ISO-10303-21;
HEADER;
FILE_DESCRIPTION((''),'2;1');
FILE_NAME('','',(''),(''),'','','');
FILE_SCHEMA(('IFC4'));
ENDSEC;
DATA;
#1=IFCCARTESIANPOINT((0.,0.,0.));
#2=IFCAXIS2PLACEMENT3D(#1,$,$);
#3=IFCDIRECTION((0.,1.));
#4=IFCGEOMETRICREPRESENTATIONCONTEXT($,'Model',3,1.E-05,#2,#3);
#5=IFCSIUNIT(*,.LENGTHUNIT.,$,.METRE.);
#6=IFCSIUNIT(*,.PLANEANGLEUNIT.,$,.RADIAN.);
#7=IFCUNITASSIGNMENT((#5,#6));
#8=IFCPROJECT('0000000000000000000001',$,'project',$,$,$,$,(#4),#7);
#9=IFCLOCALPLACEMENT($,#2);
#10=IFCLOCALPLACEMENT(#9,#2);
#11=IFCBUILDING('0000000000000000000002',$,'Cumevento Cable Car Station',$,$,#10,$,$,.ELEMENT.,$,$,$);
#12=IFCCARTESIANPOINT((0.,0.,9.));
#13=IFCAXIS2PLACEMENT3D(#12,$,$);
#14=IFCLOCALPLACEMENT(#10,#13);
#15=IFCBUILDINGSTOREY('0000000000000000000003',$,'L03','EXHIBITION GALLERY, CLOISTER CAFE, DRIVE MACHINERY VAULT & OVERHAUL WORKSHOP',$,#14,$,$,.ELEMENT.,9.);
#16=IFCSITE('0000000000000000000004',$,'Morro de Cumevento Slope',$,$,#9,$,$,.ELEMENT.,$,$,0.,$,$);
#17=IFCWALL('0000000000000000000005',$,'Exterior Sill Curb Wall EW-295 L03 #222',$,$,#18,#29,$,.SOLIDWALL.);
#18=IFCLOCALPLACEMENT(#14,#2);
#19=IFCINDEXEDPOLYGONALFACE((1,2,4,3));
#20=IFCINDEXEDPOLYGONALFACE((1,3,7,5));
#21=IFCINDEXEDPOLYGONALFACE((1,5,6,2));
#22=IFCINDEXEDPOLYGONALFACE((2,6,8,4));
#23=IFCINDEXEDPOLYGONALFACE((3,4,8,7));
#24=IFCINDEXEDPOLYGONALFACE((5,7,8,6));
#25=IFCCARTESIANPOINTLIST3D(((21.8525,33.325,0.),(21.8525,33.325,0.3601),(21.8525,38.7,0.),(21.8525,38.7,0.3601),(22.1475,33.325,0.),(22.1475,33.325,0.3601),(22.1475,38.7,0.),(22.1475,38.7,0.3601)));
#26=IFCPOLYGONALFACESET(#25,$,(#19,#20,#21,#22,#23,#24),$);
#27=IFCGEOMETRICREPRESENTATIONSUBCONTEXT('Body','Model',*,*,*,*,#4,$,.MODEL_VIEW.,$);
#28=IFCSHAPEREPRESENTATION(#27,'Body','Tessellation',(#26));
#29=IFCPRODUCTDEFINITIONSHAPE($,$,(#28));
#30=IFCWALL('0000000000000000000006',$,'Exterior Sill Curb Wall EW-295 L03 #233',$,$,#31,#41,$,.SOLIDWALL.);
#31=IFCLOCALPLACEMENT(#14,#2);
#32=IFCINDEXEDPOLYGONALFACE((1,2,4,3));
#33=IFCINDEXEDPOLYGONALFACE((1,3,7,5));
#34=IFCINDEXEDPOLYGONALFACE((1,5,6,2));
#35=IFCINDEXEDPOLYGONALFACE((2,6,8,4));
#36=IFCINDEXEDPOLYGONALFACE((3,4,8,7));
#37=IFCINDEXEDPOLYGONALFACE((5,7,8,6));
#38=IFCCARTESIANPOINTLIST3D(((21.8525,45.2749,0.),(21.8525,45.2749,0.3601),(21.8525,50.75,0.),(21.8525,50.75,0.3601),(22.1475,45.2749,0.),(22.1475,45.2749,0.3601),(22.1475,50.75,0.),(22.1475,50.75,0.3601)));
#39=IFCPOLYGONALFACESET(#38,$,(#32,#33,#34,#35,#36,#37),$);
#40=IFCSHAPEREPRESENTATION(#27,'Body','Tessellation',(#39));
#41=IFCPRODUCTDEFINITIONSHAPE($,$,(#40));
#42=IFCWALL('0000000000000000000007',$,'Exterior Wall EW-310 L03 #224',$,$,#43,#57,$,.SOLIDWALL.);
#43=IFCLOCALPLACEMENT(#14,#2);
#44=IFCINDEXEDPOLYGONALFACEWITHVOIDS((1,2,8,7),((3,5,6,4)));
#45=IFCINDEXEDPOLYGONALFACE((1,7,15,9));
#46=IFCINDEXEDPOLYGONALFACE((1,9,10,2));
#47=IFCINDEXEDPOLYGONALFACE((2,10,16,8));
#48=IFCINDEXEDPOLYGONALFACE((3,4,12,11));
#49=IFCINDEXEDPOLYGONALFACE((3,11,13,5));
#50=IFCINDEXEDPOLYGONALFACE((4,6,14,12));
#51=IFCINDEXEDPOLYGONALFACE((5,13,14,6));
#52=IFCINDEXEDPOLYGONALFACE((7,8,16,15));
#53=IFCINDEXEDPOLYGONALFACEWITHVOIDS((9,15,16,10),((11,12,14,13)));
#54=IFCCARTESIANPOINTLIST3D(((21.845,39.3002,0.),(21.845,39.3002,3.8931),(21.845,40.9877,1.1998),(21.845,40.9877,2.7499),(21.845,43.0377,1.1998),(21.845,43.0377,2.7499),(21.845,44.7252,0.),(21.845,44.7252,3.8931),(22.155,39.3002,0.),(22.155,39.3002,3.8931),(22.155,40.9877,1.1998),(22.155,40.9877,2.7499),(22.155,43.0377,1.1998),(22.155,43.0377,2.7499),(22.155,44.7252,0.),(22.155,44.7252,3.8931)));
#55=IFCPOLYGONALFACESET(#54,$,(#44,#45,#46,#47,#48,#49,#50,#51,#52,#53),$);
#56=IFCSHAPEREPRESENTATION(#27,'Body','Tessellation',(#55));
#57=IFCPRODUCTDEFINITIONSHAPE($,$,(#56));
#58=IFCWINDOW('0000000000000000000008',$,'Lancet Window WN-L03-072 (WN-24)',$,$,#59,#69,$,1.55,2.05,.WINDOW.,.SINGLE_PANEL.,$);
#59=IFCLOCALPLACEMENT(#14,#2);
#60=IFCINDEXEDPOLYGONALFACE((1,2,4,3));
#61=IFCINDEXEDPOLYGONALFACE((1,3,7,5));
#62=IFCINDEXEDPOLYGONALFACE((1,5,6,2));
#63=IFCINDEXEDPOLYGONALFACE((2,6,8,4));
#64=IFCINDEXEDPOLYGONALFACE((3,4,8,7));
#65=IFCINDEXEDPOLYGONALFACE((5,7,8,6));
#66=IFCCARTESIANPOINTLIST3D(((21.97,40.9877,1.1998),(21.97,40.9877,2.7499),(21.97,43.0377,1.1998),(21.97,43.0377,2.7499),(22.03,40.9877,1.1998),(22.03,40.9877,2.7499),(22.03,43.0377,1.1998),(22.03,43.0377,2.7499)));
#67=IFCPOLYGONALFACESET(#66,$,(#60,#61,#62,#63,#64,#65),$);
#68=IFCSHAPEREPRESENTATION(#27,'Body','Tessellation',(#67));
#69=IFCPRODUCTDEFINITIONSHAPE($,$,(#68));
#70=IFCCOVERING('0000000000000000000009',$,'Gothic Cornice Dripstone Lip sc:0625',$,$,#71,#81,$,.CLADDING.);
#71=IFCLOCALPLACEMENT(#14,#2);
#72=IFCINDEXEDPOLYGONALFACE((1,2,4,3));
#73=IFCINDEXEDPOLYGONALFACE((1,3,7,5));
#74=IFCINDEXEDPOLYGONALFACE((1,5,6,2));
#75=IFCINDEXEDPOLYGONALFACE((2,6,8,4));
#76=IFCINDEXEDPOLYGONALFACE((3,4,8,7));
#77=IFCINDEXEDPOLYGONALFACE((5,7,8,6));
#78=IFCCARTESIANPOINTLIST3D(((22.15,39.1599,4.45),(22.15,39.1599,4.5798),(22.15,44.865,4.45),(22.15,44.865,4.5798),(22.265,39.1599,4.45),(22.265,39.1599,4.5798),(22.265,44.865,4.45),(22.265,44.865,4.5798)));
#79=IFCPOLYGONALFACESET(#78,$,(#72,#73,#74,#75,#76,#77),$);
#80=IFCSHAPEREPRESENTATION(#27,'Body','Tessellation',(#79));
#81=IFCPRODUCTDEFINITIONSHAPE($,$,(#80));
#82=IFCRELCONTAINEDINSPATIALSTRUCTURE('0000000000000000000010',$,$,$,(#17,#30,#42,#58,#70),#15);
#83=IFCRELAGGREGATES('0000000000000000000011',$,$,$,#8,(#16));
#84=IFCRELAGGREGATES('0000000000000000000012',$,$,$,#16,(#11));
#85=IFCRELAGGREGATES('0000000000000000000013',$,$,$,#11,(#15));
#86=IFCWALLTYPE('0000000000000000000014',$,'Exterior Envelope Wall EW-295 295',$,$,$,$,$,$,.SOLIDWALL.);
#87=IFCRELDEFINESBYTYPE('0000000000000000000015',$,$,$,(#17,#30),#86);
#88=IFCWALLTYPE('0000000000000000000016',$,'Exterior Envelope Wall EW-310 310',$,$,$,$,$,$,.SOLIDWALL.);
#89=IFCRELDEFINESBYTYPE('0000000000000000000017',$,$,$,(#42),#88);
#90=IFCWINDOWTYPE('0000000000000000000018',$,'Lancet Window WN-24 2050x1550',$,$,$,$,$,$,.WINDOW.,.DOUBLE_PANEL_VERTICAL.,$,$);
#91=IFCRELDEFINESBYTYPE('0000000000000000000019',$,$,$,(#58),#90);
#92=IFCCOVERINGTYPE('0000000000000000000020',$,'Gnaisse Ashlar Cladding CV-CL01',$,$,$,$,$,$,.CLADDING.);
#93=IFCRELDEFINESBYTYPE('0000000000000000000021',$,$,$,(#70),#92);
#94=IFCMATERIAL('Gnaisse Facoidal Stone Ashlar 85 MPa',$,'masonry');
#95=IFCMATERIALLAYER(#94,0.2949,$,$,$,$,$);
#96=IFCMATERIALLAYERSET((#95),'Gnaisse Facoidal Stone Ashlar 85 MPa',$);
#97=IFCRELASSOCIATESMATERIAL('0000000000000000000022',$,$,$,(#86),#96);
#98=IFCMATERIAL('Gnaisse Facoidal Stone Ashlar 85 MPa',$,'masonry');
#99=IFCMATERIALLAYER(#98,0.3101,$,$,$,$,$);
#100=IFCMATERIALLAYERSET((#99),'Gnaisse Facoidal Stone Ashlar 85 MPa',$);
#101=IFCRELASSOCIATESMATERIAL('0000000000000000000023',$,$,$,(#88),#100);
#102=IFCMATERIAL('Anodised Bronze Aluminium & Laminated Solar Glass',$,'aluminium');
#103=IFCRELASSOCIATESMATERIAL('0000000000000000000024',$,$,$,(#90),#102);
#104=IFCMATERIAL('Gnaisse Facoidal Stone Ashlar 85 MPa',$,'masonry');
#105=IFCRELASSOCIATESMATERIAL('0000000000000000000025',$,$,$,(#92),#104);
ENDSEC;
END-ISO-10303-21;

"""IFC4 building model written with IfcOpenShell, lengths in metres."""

from ifc_helpers import new_model, si_unit, direction, frame, frame_2d, origin, origin_2d, place, context, subcontext, project, spatial, rectangle, extrude, material, layer, layer_set, type_object, element, fill, save


model = new_model("IFC4")

# Units and contexts
model_context = context("Model", 3, precision=1e-05, world=origin(), true_north=direction((0.0, 1.0)))
body_context = subcontext(model_context, "Body", "Model", "MODEL_VIEW")
ifc_project = project(units=[si_unit("LENGTHUNIT", "METRE"), si_unit("PLANEANGLEUNIT", "RADIAN")], contexts=[model_context])

# Site, building, storey
site_placement = place(None, origin())
site = spatial("IfcSite", under=ifc_project, at=site_placement, Name="Morro de Cumevento Slope", CompositionType="ELEMENT", RefElevation=0.0)
building_placement = place(site_placement, origin())
building = spatial("IfcBuilding", under=site, at=building_placement, Name="Cumevento Cable Car Station", CompositionType="ELEMENT")
storey_placement = place(building_placement, frame((0.0, 0.0, 9.0)))
storey = spatial("IfcBuildingStorey", under=building, at=storey_placement, Name="L03", Description="EXHIBITION GALLERY, CLOISTER CAFE, DRIVE MACHINERY VAULT & OVERHAUL WORKSHOP", CompositionType="ELEMENT", Elevation=9.0)

# Walls
ifc_material_1 = material(Name="Gnaisse Facoidal Stone Ashlar 85 MPa", Category="masonry")
ifc_layer_1 = layer(ifc_material_1, 0.2949)
ifc_layer_set_1 = layer_set([ifc_layer_1], Name="Gnaisse Facoidal Stone Ashlar 85 MPa")
wall_type_1 = type_object("IfcWallType", Name="Exterior Envelope Wall EW-295 295", PredefinedType="SOLIDWALL", material=ifc_layer_set_1)
wall_1_placement = place(storey_placement, frame((22.0, 38.7, 0.0), z_axis=(0.0, 0.0, 1.0), x_axis=(0.0, -1.0, 0.0)))
element("IfcWall", 1, at=wall_1_placement, inside=storey, type_object=wall_type_1, Name="Exterior Sill Curb Wall EW-295 L03 #222", PredefinedType="SOLIDWALL", context=body_context, shape_type="SweptSolid", body=[
    extrude(rectangle(XDim=5.375, YDim=0.2949, at=frame_2d((2.6875, 0.0))), origin(), (0.0, 0.0, 1.0), 0.3601),
])
wall_2_placement = place(storey_placement, frame((22.0, 45.2749, 0.0), z_axis=(0.0, 0.0, 1.0), x_axis=(0.0, 1.0, 0.0)))
element("IfcWall", 2, at=wall_2_placement, inside=storey, type_object=wall_type_1, Name="Exterior Sill Curb Wall EW-295 L03 #233", PredefinedType="SOLIDWALL", context=body_context, shape_type="SweptSolid", body=[
    extrude(rectangle(XDim=5.4751, YDim=0.2949, at=frame_2d((2.7375, 0.0))), origin(), (0.0, 0.0, 1.0), 0.3601),
])

# Wall, opening, window
ifc_material_2 = material(Name="Gnaisse Facoidal Stone Ashlar 85 MPa", Category="masonry")
ifc_layer_2 = layer(ifc_material_2, 0.3101)
ifc_layer_set_2 = layer_set([ifc_layer_2], Name="Gnaisse Facoidal Stone Ashlar 85 MPa")
wall_type_2 = type_object("IfcWallType", Name="Exterior Envelope Wall EW-310 310", PredefinedType="SOLIDWALL", material=ifc_layer_set_2)
wall_3_placement = place(storey_placement, frame((22.0, 44.7251, 0.0), z_axis=(0.0, 0.0, 1.0), x_axis=(0.0, -1.0, 0.0)))
wall_3 = element("IfcWall", 3, at=wall_3_placement, inside=storey, type_object=wall_type_2, Name="Exterior Wall EW-310 L03 #224", PredefinedType="SOLIDWALL", context=body_context, shape_type="SweptSolid", body=[
    extrude(rectangle(XDim=5.425, YDim=0.3101, at=frame_2d((2.7124, 0.0))), origin(), (0.0, 0.0, 1.0), 3.8931),
])
opening_placement = place(wall_3_placement, frame((1.6875, 0.0, 1.2)))
opening = element("IfcOpeningElement", 4, at=opening_placement, cuts=wall_3, PredefinedType="OPENING", context=body_context, shape_type="SweptSolid", body=[
    extrude(rectangle(XDim=2.05, YDim=1.55, at=frame_2d((1.0249, 0.7749))), frame((0.0, 0.165, 0.0), z_axis=(0.0, -1.0, 0.0), x_axis=(1.0, 0.0, 0.0)), (0.0, 0.0, 1.0), 0.3301),
])
ifc_material_3 = material(Name="Anodised Bronze Aluminium & Laminated Solar Glass", Category="aluminium")
window_type = type_object("IfcWindowType", Name="Lancet Window WN-24 2050x1550", PartitioningType="DOUBLE_PANEL_VERTICAL", PredefinedType="WINDOW", material=ifc_material_3)
window_placement = place(opening_placement, origin())
window = element("IfcWindow", 5, at=window_placement, inside=storey, type_object=window_type, Name="Lancet Window WN-L03-072 (WN-24)", OverallHeight=1.55, OverallWidth=2.05, PartitioningType="SINGLE_PANEL", PredefinedType="WINDOW", context=body_context, shape_type="SweptSolid", body=[
    extrude(rectangle(XDim=2.05, YDim=1.55, at=frame_2d((1.0249, 0.7749))), frame((0.0, 0.03, 0.0), z_axis=(0.0, -1.0, 0.0), x_axis=(1.0, 0.0, 0.0)), (0.0, 0.0, 1.0), 0.0601),
])
fill(opening, window)

# Covering
ifc_material_4 = material(Name="Gnaisse Facoidal Stone Ashlar 85 MPa", Category="masonry")
covering_type = type_object("IfcCoveringType", Name="Gnaisse Ashlar Cladding CV-CL01", PredefinedType="CLADDING", material=ifc_material_4)
covering_1_placement = place(storey_placement, frame((22.2075, 42.0125, 4.45), z_axis=(0.0, 0.0, 1.0), x_axis=(0.0, -1.0, 0.0)))
element("IfcCovering", 6, at=covering_1_placement, inside=storey, type_object=covering_type, Name="Gothic Cornice Dripstone Lip sc:0625", PredefinedType="CLADDING", context=body_context, shape_type="SweptSolid", body=[
    extrude(rectangle(XDim=5.7051, YDim=0.115, at=origin_2d()), origin(), (0.0, 0.0, 1.0), 0.1299),
])

save(model, "model.ifc")
